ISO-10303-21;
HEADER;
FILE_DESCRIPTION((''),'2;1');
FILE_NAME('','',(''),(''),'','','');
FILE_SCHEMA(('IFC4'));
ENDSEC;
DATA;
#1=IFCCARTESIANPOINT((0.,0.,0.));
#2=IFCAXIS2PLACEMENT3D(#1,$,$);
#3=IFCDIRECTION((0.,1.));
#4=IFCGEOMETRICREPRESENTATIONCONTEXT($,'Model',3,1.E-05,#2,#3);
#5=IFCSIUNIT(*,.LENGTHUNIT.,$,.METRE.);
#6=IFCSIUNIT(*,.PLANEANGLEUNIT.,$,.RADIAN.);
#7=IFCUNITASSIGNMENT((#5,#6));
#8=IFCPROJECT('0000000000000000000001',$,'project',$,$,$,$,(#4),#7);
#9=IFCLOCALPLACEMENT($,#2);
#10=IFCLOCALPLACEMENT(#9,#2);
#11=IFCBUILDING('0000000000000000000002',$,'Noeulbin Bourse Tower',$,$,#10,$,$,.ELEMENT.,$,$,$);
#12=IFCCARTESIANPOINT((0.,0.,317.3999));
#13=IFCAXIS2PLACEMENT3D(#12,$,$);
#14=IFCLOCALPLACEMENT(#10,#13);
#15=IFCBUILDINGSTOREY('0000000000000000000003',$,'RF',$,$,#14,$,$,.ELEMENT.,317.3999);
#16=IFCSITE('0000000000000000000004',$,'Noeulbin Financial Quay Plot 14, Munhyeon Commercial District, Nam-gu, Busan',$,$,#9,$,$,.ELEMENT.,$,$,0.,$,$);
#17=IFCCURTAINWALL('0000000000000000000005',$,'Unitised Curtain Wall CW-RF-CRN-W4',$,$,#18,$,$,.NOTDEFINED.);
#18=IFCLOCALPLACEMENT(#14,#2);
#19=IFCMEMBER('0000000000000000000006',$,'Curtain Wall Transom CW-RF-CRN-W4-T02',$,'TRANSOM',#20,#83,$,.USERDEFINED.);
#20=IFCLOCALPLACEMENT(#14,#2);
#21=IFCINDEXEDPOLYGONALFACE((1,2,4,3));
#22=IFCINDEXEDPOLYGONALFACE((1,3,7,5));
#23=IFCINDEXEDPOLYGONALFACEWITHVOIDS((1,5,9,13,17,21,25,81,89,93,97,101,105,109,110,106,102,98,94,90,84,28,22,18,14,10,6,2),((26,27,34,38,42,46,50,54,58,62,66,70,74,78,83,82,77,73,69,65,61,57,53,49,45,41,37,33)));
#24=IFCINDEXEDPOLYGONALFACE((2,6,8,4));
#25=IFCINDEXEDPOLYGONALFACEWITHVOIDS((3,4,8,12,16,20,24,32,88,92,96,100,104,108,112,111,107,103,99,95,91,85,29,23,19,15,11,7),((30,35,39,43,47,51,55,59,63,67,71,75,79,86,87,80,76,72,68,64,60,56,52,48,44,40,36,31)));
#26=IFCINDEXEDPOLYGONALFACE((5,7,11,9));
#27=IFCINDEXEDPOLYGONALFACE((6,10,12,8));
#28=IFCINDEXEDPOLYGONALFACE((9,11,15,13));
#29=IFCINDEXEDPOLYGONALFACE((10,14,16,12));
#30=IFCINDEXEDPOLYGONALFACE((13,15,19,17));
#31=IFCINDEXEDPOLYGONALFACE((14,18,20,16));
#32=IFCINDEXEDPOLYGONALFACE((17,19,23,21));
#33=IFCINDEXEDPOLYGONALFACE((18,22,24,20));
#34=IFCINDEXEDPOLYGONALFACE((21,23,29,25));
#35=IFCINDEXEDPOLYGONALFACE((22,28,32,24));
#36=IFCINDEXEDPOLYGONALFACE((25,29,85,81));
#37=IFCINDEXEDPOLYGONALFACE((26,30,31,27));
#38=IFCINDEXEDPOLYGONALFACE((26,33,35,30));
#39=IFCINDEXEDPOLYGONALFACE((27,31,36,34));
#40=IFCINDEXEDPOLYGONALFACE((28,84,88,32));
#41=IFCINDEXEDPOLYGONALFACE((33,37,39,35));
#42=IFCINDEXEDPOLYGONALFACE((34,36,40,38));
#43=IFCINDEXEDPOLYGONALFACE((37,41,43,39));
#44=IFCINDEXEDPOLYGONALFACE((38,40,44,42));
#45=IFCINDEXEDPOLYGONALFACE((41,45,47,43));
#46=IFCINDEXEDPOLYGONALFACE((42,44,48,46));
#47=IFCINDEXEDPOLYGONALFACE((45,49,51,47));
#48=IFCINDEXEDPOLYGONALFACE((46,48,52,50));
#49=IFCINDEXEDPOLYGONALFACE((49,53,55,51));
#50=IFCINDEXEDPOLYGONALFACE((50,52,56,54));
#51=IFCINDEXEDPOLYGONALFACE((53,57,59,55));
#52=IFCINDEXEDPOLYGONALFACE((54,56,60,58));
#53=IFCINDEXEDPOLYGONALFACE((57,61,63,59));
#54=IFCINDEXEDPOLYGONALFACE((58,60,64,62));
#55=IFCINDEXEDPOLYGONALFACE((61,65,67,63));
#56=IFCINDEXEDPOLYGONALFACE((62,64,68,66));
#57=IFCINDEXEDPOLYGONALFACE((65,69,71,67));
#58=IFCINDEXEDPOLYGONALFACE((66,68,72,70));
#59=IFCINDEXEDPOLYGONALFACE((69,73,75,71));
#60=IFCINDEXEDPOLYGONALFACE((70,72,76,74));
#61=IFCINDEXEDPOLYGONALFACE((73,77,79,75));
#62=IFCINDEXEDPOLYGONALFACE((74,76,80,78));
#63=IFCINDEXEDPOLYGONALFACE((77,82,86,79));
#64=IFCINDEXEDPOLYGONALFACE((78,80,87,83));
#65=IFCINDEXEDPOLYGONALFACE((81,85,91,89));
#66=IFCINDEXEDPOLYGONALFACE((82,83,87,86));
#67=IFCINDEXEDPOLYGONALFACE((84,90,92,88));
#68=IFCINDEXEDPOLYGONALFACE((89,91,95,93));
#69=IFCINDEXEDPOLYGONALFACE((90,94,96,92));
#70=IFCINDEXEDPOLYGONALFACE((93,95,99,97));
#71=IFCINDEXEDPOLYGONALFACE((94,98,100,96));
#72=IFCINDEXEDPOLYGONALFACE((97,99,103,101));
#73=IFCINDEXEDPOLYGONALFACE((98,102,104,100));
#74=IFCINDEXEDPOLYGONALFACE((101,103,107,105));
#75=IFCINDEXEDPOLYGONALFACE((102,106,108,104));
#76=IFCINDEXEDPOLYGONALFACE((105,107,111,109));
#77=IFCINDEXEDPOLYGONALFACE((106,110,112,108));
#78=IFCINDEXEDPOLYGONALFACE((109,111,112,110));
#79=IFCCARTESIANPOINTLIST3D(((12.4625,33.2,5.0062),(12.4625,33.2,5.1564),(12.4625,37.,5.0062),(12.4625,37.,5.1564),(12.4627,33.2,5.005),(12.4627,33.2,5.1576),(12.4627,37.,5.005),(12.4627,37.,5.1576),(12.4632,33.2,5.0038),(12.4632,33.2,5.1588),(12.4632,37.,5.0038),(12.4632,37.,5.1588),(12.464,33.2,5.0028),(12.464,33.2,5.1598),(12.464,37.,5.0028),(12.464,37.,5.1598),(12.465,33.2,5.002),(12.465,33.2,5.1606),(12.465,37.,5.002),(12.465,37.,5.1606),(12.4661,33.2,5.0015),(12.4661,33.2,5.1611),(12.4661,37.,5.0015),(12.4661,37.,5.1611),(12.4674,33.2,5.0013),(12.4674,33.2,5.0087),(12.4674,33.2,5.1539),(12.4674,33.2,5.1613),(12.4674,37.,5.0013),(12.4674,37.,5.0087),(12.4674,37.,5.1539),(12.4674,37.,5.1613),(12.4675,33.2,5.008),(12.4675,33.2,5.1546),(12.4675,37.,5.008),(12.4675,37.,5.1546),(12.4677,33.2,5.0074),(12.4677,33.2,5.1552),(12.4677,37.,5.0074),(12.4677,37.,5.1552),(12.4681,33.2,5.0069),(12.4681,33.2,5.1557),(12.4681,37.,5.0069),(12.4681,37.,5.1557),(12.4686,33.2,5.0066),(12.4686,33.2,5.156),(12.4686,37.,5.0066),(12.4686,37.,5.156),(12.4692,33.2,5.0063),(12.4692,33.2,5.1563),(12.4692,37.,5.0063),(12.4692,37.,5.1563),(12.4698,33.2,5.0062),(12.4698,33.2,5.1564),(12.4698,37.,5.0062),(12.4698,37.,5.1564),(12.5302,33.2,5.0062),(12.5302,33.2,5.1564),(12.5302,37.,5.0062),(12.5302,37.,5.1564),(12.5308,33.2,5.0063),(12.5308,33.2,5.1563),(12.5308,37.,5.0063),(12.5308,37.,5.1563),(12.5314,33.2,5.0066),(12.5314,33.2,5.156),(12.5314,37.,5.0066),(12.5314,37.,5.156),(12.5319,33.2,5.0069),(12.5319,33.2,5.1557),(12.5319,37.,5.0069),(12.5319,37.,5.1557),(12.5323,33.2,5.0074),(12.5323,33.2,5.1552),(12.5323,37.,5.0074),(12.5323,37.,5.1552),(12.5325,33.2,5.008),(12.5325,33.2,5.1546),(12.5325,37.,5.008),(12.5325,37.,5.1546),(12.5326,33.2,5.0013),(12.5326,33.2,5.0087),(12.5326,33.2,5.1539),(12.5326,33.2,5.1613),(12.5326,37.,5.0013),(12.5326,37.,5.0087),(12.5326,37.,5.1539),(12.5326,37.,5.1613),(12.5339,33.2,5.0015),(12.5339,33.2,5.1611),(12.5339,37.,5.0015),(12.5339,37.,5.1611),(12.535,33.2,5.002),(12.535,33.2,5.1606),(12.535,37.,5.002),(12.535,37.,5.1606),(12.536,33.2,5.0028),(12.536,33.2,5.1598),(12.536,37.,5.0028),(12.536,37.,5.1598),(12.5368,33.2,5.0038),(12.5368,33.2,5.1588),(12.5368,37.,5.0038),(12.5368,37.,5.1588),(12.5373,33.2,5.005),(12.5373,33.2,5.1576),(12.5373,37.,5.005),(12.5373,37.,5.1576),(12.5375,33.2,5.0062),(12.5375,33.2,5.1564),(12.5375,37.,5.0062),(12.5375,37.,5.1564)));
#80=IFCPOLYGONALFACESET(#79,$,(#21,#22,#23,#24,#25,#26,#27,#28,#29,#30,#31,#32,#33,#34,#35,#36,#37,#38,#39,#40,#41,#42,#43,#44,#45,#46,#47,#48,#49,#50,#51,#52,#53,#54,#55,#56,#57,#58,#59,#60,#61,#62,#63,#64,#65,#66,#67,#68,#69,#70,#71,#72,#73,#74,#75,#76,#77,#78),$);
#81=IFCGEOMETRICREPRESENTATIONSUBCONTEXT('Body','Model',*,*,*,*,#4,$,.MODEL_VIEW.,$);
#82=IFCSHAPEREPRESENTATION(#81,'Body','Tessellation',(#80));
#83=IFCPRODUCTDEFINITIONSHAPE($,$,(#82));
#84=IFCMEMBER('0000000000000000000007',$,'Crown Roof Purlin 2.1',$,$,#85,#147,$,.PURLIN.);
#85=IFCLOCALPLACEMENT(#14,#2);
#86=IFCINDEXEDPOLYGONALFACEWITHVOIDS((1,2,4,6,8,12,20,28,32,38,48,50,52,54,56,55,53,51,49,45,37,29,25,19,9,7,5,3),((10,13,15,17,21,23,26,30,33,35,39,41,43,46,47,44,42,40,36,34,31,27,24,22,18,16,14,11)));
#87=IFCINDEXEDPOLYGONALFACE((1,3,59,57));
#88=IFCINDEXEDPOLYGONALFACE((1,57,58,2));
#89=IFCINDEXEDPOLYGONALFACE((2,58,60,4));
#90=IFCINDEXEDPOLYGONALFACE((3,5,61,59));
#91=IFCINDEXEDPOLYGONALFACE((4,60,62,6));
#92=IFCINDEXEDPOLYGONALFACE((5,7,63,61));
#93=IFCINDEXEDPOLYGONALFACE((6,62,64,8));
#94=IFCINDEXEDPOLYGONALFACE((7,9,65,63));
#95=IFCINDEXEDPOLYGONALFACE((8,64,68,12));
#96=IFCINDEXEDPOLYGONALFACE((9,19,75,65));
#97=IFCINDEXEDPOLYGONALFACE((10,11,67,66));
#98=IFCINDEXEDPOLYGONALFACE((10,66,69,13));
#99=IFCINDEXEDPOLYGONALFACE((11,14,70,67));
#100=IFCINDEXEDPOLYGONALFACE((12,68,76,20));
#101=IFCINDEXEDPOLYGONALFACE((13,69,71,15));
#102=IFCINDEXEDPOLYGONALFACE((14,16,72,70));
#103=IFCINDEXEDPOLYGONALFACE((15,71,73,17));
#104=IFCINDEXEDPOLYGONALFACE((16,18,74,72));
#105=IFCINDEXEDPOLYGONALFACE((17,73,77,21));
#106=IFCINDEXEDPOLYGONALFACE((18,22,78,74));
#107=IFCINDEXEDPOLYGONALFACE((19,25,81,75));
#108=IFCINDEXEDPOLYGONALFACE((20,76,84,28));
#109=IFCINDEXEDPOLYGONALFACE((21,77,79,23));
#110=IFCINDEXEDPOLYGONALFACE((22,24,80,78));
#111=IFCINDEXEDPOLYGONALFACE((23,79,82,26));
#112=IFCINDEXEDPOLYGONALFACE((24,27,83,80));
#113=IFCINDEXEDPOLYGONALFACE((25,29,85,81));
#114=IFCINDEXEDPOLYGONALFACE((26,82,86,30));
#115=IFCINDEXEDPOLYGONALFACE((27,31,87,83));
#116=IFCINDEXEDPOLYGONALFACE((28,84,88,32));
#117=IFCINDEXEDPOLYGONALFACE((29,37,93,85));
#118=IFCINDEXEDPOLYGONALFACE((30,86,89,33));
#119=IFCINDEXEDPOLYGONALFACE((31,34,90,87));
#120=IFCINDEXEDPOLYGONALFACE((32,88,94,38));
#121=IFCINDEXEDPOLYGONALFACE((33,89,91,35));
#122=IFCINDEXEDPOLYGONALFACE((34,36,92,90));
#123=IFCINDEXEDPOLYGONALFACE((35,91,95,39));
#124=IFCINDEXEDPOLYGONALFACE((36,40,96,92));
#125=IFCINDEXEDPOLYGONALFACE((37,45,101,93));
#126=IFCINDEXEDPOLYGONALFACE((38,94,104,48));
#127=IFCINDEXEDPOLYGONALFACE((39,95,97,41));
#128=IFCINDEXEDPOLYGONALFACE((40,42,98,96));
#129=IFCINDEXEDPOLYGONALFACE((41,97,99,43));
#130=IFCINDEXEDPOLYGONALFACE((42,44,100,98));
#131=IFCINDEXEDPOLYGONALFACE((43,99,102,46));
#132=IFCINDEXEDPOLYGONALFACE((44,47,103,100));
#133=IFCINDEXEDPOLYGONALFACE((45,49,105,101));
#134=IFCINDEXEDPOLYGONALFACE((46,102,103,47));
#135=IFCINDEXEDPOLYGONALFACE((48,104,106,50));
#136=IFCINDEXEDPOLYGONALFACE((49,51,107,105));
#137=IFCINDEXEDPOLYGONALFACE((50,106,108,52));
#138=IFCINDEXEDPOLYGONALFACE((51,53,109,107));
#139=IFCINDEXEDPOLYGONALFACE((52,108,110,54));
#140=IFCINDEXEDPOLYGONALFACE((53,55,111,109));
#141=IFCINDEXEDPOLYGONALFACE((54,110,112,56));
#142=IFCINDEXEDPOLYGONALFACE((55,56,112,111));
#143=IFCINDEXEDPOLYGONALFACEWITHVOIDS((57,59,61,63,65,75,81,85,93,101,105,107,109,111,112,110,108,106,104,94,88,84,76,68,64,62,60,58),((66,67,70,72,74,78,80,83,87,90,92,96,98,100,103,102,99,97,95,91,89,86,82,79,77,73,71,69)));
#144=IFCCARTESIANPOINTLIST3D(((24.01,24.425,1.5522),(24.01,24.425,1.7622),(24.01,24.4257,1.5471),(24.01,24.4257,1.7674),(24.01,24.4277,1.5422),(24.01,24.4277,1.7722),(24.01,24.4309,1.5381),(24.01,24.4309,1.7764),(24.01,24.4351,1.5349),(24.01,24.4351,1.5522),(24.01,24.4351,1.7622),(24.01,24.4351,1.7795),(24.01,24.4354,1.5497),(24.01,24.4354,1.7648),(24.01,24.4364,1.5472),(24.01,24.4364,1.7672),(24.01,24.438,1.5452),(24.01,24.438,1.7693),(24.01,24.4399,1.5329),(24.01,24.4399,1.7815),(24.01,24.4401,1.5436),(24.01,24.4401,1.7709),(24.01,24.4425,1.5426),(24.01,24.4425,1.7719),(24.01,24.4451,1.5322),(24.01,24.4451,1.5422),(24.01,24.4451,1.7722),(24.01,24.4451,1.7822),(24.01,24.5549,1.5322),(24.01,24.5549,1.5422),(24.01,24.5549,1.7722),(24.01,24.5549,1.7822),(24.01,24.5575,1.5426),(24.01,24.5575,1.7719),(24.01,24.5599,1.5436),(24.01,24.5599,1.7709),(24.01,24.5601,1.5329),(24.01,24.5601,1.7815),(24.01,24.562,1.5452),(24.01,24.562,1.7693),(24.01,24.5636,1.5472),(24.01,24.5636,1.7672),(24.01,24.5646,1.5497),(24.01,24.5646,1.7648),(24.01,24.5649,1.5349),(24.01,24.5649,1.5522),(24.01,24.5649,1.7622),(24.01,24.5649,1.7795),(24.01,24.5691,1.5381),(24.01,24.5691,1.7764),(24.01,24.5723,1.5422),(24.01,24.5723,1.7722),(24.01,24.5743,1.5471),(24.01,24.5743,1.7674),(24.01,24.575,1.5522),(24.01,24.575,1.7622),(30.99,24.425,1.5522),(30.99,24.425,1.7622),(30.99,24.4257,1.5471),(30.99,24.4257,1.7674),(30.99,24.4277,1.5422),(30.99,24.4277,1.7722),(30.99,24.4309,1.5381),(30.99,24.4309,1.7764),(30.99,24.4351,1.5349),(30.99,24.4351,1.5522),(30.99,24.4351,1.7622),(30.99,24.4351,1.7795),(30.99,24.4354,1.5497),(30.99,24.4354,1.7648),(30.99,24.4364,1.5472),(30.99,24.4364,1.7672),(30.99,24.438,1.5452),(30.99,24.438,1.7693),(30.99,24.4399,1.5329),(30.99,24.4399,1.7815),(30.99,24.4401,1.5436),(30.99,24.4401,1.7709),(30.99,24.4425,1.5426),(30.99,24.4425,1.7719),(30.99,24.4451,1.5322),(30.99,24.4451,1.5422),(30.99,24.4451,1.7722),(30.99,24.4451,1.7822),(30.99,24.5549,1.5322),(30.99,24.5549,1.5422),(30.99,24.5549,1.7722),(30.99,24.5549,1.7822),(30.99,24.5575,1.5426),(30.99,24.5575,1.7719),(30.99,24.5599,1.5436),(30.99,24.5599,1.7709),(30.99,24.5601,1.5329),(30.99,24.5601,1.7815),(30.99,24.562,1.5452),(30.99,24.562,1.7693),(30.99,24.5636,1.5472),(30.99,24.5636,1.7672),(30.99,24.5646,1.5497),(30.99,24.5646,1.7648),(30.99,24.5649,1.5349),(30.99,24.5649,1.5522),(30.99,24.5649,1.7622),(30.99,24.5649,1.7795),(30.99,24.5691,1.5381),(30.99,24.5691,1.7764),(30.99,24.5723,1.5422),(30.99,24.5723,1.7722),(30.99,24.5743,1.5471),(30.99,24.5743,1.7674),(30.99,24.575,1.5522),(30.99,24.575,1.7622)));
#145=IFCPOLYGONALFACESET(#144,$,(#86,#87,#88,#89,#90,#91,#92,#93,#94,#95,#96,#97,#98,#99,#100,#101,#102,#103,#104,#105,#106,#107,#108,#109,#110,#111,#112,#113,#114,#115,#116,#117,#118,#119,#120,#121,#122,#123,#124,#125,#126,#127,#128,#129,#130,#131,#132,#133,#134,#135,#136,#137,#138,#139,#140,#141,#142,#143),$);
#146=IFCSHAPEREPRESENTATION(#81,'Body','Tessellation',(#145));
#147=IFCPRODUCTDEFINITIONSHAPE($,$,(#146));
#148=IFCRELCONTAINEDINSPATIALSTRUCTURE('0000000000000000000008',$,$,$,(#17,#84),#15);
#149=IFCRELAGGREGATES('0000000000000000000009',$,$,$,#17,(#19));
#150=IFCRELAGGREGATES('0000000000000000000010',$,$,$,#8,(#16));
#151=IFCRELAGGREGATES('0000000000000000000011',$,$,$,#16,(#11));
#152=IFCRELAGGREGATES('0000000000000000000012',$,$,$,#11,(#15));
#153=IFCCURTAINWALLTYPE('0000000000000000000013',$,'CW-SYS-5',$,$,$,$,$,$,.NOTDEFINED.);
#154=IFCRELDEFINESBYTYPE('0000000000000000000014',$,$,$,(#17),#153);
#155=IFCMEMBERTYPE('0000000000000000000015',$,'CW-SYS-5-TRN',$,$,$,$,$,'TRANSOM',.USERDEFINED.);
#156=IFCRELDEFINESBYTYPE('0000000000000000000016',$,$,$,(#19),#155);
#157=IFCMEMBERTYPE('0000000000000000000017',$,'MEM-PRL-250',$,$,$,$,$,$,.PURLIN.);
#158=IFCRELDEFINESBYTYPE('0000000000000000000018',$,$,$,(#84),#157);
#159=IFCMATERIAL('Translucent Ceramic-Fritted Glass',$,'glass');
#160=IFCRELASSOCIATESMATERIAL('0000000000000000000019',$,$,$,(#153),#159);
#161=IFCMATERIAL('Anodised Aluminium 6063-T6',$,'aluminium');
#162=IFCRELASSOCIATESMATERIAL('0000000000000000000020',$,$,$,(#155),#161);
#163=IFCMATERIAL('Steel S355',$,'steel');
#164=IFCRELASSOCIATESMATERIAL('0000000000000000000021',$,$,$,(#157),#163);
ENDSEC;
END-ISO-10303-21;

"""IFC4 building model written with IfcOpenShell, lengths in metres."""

from ifc_helpers import new_model, si_unit, direction, frame, origin, origin_2d, place, context, subcontext, project, spatial, hollow_rectangle, extrude, material, material_profile, profile_set, type_object, element, aggregate, save


model = new_model("IFC4")

# Units and contexts
model_context = context("Model", 3, precision=1e-05, world=origin(), true_north=direction((0.0, 1.0)))
body_context = subcontext(model_context, "Body", "Model", "MODEL_VIEW")
ifc_project = project(units=[si_unit("LENGTHUNIT", "METRE"), si_unit("PLANEANGLEUNIT", "RADIAN")], contexts=[model_context])

# Site, building, storey
site_placement = place(None, origin())
site = spatial("IfcSite", under=ifc_project, at=site_placement, Name="Noeulbin Financial Quay Plot 14, Munhyeon Commercial District, Nam-gu, Busan", CompositionType="ELEMENT", RefElevation=0.0)
building_placement = place(site_placement, origin())
building = spatial("IfcBuilding", under=site, at=building_placement, Name="Noeulbin Bourse Tower", CompositionType="ELEMENT")
storey_placement = place(building_placement, frame((0.0, 0.0, 317.3999)))
storey = spatial("IfcBuildingStorey", under=building, at=storey_placement, Name="RF", CompositionType="ELEMENT", Elevation=317.3999)

# Shared definitions
ifc_material_1 = material(Name="Steel S355", Category="steel")

# Curtain wall
ifc_material_2 = material(Name="Translucent Ceramic-Fritted Glass", Category="glass")
curtain_wall_type = type_object("IfcCurtainWallType", Name="CW-SYS-5", PredefinedType="NOTDEFINED", material=ifc_material_2)
ifc_material_3 = material(Name="Anodised Aluminium 6063-T6", Category="aluminium")
curtain_wall_1_placement = place(storey_placement, origin())
curtain_wall_1 = element("IfcCurtainWall", 1, at=curtain_wall_1_placement, inside=storey, type_object=curtain_wall_type, Name="Unitised Curtain Wall CW-RF-CRN-W4", PredefinedType="NOTDEFINED")

# Member
ifc_material_profile_1 = material_profile(ifc_material_3, hollow_rectangle(XDim=0.075, YDim=0.1599, WallThickness=0.0049, InnerFilletRadius=0.0024, OuterFilletRadius=0.0049, at=origin_2d()), Name="ALU-TRAN-75x160x5", Category="LoadBearing")
ifc_profile_set_1 = profile_set([ifc_material_profile_1], Name="Anodised Aluminium 6063-T6")
member_type_1 = type_object("IfcMemberType", Name="CW-SYS-5-TRN", ElementType="TRANSOM", PredefinedType="USERDEFINED", material=ifc_profile_set_1)
member_1_placement = place(storey_placement, frame((12.5, 33.2, 5.0813), z_axis=(0.0, 1.0, 0.0), x_axis=(-1.0, 0.0, 0.0)))
member_1 = element("IfcMember", 2, at=member_1_placement, type_object=member_type_1, Name="Curtain Wall Transom CW-RF-CRN-W4-T02", ObjectType="TRANSOM", PredefinedType="USERDEFINED", context=body_context, shape_type="SweptSolid", body=[
    extrude(hollow_rectangle(XDim=0.075, YDim=0.1599, WallThickness=0.0049, InnerFilletRadius=0.0024, OuterFilletRadius=0.0049, at=origin_2d()), origin(), (0.0, 0.0, 1.0), 3.8),
])

# Member
ifc_material_profile_2 = material_profile(ifc_material_1, hollow_rectangle(XDim=0.1499, YDim=0.25, WallThickness=0.01, InnerFilletRadius=0.01, OuterFilletRadius=0.02, at=origin_2d()), Name="RHS-250x150x10", Category="LoadBearing")
ifc_profile_set_2 = profile_set([ifc_material_profile_2], Name="Steel S355")
member_type_2 = type_object("IfcMemberType", Name="MEM-PRL-250", PredefinedType="PURLIN", material=ifc_profile_set_2)
for number, where, z_axis, x_axis, name in (
    (3, (24.01, 24.5, 1.6572), (1.0, 0.0, 0.0), (0.0, 1.0, 0.0), "Crown Roof Purlin 2.1"),
):
    element("IfcMember", number, at=place(storey_placement, frame(where, z_axis=z_axis, x_axis=x_axis)), inside=storey, type_object=member_type_2, Name=name, PredefinedType="PURLIN", context=body_context, shape_type="SweptSolid", body=[
        extrude(hollow_rectangle(XDim=0.1499, YDim=0.25, WallThickness=0.01, InnerFilletRadius=0.01, OuterFilletRadius=0.02, at=origin_2d()), origin(), (0.0, 0.0, 1.0), 6.98),
    ])

aggregate(curtain_wall_1, [member_1])

save(model, "model.ifc")
